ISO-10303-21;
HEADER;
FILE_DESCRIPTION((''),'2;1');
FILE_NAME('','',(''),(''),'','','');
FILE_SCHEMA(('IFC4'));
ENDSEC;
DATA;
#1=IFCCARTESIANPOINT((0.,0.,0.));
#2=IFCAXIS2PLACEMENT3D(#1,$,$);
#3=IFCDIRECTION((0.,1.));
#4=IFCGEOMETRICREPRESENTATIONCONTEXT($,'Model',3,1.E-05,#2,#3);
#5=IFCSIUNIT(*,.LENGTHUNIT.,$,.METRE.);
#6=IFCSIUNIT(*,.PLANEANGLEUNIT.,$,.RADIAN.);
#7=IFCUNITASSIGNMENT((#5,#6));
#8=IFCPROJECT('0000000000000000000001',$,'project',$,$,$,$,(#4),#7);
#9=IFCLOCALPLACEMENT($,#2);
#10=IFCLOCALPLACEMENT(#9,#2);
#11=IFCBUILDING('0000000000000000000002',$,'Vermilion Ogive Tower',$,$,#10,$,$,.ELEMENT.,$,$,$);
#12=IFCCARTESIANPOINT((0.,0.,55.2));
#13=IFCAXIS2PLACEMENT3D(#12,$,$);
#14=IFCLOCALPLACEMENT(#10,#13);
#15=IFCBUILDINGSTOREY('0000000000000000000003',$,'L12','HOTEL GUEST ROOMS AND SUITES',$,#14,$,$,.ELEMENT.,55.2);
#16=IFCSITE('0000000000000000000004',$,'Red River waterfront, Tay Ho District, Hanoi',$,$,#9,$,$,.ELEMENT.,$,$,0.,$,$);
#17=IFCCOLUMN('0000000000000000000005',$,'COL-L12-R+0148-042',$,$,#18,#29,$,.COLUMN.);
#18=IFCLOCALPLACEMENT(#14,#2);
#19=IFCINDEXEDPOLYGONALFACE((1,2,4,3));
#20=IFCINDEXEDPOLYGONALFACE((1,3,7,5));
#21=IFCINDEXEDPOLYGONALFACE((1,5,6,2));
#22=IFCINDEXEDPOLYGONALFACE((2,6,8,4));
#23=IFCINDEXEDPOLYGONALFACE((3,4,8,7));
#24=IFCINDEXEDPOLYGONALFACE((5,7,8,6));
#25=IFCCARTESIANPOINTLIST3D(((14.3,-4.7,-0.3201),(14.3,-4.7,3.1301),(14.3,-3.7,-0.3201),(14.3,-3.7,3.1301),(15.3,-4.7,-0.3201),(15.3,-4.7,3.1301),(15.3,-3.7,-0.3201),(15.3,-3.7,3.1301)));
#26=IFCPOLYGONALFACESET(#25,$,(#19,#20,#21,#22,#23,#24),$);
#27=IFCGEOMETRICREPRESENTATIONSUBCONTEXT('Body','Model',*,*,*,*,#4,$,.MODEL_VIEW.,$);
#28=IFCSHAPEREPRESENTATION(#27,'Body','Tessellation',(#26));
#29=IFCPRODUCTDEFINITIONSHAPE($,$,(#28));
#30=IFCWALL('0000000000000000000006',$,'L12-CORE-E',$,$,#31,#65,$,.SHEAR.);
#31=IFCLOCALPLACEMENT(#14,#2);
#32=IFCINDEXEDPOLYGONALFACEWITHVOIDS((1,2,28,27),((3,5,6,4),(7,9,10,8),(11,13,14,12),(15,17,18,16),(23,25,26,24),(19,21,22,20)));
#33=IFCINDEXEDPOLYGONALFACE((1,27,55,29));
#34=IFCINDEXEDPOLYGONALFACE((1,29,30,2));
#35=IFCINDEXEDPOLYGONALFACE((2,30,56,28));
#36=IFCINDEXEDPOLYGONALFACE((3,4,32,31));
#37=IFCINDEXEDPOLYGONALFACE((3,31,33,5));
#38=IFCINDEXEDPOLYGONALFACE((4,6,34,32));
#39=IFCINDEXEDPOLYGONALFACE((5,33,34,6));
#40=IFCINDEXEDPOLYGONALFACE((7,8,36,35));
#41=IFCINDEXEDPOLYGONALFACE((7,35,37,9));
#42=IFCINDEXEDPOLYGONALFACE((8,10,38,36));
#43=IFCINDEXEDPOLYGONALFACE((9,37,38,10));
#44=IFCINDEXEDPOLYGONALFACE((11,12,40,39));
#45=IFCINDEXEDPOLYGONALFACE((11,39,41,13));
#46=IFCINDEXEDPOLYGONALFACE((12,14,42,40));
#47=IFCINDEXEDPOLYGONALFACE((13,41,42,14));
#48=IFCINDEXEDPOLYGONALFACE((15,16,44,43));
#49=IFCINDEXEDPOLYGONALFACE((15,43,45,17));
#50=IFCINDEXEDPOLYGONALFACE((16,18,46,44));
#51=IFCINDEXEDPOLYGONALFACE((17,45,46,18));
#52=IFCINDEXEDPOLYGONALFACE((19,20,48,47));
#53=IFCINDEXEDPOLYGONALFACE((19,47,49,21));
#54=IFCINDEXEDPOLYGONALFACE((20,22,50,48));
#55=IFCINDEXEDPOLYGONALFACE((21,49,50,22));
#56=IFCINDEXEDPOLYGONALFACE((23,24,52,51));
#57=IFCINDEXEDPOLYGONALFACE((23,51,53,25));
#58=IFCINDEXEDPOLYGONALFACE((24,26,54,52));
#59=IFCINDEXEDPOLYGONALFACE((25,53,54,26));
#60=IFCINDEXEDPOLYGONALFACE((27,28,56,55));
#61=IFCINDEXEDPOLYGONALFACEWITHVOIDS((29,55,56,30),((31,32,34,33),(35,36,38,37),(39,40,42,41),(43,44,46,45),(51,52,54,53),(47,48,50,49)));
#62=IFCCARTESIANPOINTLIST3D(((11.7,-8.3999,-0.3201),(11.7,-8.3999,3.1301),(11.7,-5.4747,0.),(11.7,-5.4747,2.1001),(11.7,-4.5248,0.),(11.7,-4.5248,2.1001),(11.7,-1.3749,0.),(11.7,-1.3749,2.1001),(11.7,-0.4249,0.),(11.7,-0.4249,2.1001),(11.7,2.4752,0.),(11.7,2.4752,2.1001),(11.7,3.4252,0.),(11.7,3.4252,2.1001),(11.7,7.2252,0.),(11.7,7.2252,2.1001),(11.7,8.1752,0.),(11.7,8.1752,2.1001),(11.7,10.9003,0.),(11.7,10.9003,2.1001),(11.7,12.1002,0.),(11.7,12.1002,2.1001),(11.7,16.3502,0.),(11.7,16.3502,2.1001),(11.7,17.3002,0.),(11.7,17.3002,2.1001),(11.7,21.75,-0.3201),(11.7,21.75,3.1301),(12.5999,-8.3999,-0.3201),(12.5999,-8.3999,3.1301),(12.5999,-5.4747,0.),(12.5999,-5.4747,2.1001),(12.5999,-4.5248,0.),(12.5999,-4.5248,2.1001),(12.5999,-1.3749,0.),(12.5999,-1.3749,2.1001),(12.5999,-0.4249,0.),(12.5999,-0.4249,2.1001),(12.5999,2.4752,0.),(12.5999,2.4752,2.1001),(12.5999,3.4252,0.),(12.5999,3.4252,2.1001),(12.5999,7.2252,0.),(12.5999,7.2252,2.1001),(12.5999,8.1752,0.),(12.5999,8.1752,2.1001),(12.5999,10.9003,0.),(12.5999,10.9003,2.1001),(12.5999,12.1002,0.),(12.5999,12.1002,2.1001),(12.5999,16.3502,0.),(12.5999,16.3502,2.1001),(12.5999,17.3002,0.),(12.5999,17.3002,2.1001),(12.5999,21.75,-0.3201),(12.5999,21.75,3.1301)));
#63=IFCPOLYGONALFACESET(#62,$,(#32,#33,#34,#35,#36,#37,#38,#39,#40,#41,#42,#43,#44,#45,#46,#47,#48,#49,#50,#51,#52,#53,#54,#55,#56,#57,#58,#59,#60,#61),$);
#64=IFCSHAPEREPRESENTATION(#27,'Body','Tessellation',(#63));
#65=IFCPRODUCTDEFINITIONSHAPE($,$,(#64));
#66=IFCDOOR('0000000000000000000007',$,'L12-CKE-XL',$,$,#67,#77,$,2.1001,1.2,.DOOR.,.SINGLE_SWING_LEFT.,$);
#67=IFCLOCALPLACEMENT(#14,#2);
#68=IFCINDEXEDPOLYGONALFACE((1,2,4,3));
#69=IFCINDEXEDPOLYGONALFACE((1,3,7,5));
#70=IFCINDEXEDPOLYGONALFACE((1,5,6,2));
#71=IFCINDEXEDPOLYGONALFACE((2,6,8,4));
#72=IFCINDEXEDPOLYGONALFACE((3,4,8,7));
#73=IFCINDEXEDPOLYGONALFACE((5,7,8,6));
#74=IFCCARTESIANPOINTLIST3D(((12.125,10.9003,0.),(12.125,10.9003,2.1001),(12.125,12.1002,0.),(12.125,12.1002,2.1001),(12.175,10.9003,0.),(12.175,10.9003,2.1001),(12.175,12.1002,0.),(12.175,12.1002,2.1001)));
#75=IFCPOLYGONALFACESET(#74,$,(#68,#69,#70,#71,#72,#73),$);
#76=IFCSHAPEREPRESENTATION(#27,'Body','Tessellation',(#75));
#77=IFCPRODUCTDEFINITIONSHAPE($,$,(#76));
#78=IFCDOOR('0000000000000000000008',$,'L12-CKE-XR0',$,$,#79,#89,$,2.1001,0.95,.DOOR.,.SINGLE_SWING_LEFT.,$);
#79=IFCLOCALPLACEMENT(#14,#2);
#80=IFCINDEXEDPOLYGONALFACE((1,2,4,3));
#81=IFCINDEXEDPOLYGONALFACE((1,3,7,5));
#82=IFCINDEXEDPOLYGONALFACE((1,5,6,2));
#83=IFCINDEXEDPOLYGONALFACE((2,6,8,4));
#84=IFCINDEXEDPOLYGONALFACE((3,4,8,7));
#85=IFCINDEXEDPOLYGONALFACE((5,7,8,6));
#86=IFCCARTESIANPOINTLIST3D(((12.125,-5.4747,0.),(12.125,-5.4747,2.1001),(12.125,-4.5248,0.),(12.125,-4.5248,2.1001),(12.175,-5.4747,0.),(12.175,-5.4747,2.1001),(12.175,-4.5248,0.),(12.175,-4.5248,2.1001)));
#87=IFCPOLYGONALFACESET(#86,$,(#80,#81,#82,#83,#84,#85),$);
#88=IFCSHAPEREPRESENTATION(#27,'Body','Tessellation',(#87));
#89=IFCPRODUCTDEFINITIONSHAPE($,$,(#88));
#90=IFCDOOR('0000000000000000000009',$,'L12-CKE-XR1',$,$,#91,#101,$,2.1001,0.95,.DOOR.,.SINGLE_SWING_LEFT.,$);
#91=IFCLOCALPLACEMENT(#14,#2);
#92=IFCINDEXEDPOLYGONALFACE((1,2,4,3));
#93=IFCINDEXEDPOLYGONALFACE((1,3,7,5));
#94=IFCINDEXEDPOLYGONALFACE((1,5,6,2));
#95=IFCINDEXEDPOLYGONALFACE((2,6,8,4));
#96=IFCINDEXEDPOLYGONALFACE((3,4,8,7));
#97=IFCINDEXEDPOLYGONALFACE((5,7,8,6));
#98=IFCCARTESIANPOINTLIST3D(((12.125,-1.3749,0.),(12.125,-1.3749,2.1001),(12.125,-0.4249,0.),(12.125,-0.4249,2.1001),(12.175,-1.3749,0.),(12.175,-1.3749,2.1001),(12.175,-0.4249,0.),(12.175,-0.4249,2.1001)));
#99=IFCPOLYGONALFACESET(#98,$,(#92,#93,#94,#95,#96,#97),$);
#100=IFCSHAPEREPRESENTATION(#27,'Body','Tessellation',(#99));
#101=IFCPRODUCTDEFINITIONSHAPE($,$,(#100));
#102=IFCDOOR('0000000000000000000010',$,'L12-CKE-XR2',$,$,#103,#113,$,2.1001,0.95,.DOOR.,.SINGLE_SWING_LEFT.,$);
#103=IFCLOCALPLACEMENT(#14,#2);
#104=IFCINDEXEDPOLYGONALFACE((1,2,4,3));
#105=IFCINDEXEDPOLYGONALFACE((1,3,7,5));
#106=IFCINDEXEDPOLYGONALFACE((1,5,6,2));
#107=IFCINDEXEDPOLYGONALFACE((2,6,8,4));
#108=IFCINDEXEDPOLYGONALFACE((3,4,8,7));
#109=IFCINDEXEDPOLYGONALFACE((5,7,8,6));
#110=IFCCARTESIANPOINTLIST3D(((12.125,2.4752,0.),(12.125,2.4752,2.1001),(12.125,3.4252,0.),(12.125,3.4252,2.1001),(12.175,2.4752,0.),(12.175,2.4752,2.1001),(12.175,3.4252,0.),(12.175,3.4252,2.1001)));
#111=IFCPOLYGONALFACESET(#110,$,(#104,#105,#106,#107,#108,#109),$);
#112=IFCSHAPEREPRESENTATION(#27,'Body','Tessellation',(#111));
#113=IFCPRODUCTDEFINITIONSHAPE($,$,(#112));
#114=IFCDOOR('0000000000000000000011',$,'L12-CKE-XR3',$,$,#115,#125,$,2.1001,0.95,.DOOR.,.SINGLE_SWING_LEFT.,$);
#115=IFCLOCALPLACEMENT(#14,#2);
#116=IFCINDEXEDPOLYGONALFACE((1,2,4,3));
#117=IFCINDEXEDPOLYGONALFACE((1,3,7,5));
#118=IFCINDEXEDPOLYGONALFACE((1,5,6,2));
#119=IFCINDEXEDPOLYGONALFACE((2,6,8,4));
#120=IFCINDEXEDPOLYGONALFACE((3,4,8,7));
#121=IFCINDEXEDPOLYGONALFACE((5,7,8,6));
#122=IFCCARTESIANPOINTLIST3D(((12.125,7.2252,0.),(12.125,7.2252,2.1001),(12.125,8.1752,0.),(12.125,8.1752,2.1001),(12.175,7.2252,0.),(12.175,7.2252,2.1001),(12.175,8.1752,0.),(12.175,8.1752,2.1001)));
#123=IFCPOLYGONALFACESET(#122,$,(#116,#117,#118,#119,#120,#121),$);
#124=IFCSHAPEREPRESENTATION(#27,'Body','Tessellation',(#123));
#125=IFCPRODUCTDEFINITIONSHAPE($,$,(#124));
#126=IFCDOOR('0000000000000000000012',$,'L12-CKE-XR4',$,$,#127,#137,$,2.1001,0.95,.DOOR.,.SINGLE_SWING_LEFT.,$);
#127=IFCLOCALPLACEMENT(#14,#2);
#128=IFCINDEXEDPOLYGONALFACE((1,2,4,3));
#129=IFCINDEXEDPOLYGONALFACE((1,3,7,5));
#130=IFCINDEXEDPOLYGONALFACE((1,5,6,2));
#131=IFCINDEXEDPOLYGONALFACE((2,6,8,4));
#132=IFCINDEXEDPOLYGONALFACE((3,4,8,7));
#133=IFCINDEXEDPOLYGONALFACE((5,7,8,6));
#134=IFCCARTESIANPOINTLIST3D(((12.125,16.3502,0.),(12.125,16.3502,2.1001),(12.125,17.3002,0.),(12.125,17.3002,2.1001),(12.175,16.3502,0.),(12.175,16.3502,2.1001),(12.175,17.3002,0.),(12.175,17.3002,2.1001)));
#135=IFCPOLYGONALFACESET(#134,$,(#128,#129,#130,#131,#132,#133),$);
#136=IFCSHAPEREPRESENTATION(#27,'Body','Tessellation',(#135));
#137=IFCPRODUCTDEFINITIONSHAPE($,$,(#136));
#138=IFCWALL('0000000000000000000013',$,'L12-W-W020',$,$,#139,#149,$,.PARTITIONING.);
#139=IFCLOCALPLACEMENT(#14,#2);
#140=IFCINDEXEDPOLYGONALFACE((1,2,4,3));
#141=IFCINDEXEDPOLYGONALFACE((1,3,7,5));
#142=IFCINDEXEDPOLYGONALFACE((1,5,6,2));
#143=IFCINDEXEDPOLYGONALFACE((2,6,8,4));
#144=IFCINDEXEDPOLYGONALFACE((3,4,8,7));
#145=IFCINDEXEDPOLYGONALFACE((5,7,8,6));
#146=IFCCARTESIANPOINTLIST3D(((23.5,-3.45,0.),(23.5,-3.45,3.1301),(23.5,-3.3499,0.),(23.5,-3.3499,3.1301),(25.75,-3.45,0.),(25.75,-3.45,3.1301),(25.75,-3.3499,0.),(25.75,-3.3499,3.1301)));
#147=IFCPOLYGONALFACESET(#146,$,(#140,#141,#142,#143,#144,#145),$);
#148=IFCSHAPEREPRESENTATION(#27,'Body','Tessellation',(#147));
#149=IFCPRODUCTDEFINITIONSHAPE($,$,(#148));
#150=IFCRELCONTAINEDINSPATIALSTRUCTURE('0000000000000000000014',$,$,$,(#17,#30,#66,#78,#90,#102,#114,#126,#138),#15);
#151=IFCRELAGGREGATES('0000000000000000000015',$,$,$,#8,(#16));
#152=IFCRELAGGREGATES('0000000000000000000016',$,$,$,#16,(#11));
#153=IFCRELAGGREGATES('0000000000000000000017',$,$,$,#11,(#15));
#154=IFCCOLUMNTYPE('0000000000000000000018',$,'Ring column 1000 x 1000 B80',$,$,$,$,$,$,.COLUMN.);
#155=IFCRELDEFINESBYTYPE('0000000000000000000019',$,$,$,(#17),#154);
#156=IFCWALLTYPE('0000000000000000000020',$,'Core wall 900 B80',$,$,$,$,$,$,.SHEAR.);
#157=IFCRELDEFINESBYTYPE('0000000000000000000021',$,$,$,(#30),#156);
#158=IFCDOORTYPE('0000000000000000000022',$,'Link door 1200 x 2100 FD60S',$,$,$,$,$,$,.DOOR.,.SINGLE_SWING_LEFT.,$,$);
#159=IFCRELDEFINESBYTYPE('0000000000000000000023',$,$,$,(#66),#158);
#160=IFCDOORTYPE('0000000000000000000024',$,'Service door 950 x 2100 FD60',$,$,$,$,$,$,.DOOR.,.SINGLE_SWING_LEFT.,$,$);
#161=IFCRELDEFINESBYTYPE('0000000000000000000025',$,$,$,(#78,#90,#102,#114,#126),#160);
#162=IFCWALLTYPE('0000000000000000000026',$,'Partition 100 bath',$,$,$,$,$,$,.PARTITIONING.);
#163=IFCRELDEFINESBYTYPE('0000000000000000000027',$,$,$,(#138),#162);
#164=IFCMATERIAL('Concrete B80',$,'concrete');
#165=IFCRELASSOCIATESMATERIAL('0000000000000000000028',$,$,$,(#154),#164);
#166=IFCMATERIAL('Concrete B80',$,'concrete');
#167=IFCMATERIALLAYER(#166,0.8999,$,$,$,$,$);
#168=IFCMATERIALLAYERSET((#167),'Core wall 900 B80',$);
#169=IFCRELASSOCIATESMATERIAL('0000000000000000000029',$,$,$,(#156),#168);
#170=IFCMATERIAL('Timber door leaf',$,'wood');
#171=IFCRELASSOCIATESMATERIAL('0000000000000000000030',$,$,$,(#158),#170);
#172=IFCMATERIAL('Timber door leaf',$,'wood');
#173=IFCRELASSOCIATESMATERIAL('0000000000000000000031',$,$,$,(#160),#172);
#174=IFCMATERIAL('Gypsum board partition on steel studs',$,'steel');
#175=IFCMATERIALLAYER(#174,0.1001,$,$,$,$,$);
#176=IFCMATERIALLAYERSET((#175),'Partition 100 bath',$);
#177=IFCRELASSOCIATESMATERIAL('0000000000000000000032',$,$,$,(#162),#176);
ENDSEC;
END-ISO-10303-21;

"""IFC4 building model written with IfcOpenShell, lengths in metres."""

from ifc_helpers import new_model, si_unit, direction, frame, frame_2d, origin, origin_2d, place, context, subcontext, project, spatial, rectangle, extrude, material, layer, layer_set, material_profile, profile_set, type_object, element, fill, save


model = new_model("IFC4")

# Units and contexts
model_context = context("Model", 3, precision=1e-05, world=origin(), true_north=direction((0.0, 1.0)))
body_context = subcontext(model_context, "Body", "Model", "MODEL_VIEW")
ifc_project = project(units=[si_unit("LENGTHUNIT", "METRE"), si_unit("PLANEANGLEUNIT", "RADIAN")], contexts=[model_context])

# Site, building, storey
site_placement = place(None, origin())
site = spatial("IfcSite", under=ifc_project, at=site_placement, Name="Red River waterfront, Tay Ho District, Hanoi", CompositionType="ELEMENT", RefElevation=0.0)
building_placement = place(site_placement, origin())
building = spatial("IfcBuilding", under=site, at=building_placement, Name="Vermilion Ogive Tower", CompositionType="ELEMENT")
storey_placement = place(building_placement, frame((0.0, 0.0, 55.2)))
storey = spatial("IfcBuildingStorey", under=building, at=storey_placement, Name="L12", Description="HOTEL GUEST ROOMS AND SUITES", CompositionType="ELEMENT", Elevation=55.2)

# Column
ifc_material_1 = material(Name="Concrete B80", Category="concrete")
ifc_material_profile = material_profile(ifc_material_1, rectangle(XDim=1.0, YDim=1.0, at=origin_2d()), Name="1000 x 1000")
ifc_profile_set = profile_set([ifc_material_profile], Name="Concrete B80")
column_type = type_object("IfcColumnType", Name="Ring column 1000 x 1000 B80", PredefinedType="COLUMN", material=ifc_profile_set)
column_placement = place(storey_placement, frame((14.8, -4.2, -0.3201), z_axis=(0.0, 0.0, 1.0), x_axis=(1.0, 0.0, 0.0)))
element("IfcColumn", 1, at=column_placement, inside=storey, type_object=column_type, Name="COL-L12-R+0148-042", PredefinedType="COLUMN", context=body_context, shape_type="SweptSolid", body=[
    extrude(rectangle(XDim=1.0, YDim=1.0, at=origin_2d()), origin(), (0.0, 0.0, 1.0), 3.4502),
])

# Wall, openings, doors
ifc_material_2 = material(Name="Concrete B80", Category="concrete")
ifc_layer_1 = layer(ifc_material_2, 0.8999)
ifc_layer_set_1 = layer_set([ifc_layer_1], Name="Core wall 900 B80")
wall_type_1 = type_object("IfcWallType", Name="Core wall 900 B80", PredefinedType="SHEAR", material=ifc_layer_set_1)
wall_1_placement = place(storey_placement, frame((12.1499, -8.3999, -0.3201), z_axis=(0.0, 0.0, 1.0), x_axis=(0.0, 1.0, 0.0)))
wall_1 = element("IfcWall", 2, at=wall_1_placement, inside=storey, type_object=wall_type_1, Name="L12-CORE-E", PredefinedType="SHEAR", context=body_context, shape_type="SweptSolid", body=[
    extrude(rectangle(XDim=30.1499, YDim=0.8999, at=frame_2d((15.075, 0.0))), origin(), (0.0, 0.0, 1.0), 3.4502),
])
opening_1_placement = place(wall_1_placement, frame((2.925, 0.0, 0.3201)))
opening_1 = element("IfcOpeningElement", 3, at=opening_1_placement, cuts=wall_1, PredefinedType="OPENING", context=body_context, shape_type="SweptSolid", body=[
    extrude(rectangle(XDim=0.95, YDim=2.1001, at=frame_2d((0.4751, 1.05))), frame((0.0, 0.46, 0.0), z_axis=(0.0, -1.0, 0.0), x_axis=(1.0, 0.0, 0.0)), (0.0, 0.0, 1.0), 0.9199),
])
opening_2_placement = place(wall_1_placement, frame((7.0249, 0.0, 0.3201)))
opening_2 = element("IfcOpeningElement", 4, at=opening_2_placement, cuts=wall_1, PredefinedType="OPENING", context=body_context, shape_type="SweptSolid", body=[
    extrude(rectangle(XDim=0.95, YDim=2.1001, at=frame_2d((0.4751, 1.05))), frame((0.0, 0.46, 0.0), z_axis=(0.0, -1.0, 0.0), x_axis=(1.0, 0.0, 0.0)), (0.0, 0.0, 1.0), 0.9199),
])
opening_3_placement = place(wall_1_placement, frame((10.875, 0.0, 0.3201)))
opening_3 = element("IfcOpeningElement", 5, at=opening_3_placement, cuts=wall_1, PredefinedType="OPENING", context=body_context, shape_type="SweptSolid", body=[
    extrude(rectangle(XDim=0.95, YDim=2.1001, at=frame_2d((0.4751, 1.05))), frame((0.0, 0.46, 0.0), z_axis=(0.0, -1.0, 0.0), x_axis=(1.0, 0.0, 0.0)), (0.0, 0.0, 1.0), 0.9199),
])
opening_4_placement = place(wall_1_placement, frame((15.625, 0.0, 0.3201)))
opening_4 = element("IfcOpeningElement", 6, at=opening_4_placement, cuts=wall_1, PredefinedType="OPENING", context=body_context, shape_type="SweptSolid", body=[
    extrude(rectangle(XDim=0.95, YDim=2.1001, at=frame_2d((0.4751, 1.05))), frame((0.0, 0.46, 0.0), z_axis=(0.0, -1.0, 0.0), x_axis=(1.0, 0.0, 0.0)), (0.0, 0.0, 1.0), 0.9199),
])
opening_5_placement = place(wall_1_placement, frame((24.75, 0.0, 0.3201)))
opening_5 = element("IfcOpeningElement", 7, at=opening_5_placement, cuts=wall_1, PredefinedType="OPENING", context=body_context, shape_type="SweptSolid", body=[
    extrude(rectangle(XDim=0.95, YDim=2.1001, at=frame_2d((0.4751, 1.05))), frame((0.0, 0.46, 0.0), z_axis=(0.0, -1.0, 0.0), x_axis=(1.0, 0.0, 0.0)), (0.0, 0.0, 1.0), 0.9199),
])
opening_6_placement = place(wall_1_placement, frame((19.3, 0.0, 0.3201)))
opening_6 = element("IfcOpeningElement", 8, at=opening_6_placement, cuts=wall_1, PredefinedType="OPENING", context=body_context, shape_type="SweptSolid", body=[
    extrude(rectangle(XDim=1.2, YDim=2.1001, at=frame_2d((0.6001, 1.05))), frame((0.0, 0.46, 0.0), z_axis=(0.0, -1.0, 0.0), x_axis=(1.0, 0.0, 0.0)), (0.0, 0.0, 1.0), 0.9199),
])
ifc_material_3 = material(Name="Timber door leaf", Category="wood")
door_type_1 = type_object("IfcDoorType", Name="Link door 1200 x 2100 FD60S", OperationType="SINGLE_SWING_LEFT", PredefinedType="DOOR", material=ifc_material_3)
door_1_placement = place(opening_6_placement, origin())
door_1 = element("IfcDoor", 9, at=door_1_placement, inside=storey, type_object=door_type_1, Name="L12-CKE-XL", OperationType="SINGLE_SWING_LEFT", OverallHeight=2.1001, OverallWidth=1.2, PredefinedType="DOOR", context=body_context, shape_type="SweptSolid", body=[
    extrude(rectangle(XDim=1.2, YDim=2.1001, at=frame_2d((0.6001, 1.05))), frame((0.0, 0.0249, 0.0), z_axis=(0.0, -1.0, 0.0), x_axis=(1.0, 0.0, 0.0)), (0.0, 0.0, 1.0), 0.05),
])
fill(opening_6, door_1)
ifc_material_4 = material(Name="Timber door leaf", Category="wood")
door_type_2 = type_object("IfcDoorType", Name="Service door 950 x 2100 FD60", OperationType="SINGLE_SWING_LEFT", PredefinedType="DOOR", material=ifc_material_4)
door_2_placement = place(opening_1_placement, origin())
door_2 = element("IfcDoor", 10, at=door_2_placement, inside=storey, type_object=door_type_2, Name="L12-CKE-XR0", OperationType="SINGLE_SWING_LEFT", OverallHeight=2.1001, OverallWidth=0.95, PredefinedType="DOOR", context=body_context, shape_type="SweptSolid", body=[
    extrude(rectangle(XDim=0.95, YDim=2.1001, at=frame_2d((0.4751, 1.05))), frame((0.0, 0.0249, 0.0), z_axis=(0.0, -1.0, 0.0), x_axis=(1.0, 0.0, 0.0)), (0.0, 0.0, 1.0), 0.05),
])
fill(opening_1, door_2)
door_3_placement = place(opening_2_placement, origin())
door_3 = element("IfcDoor", 11, at=door_3_placement, inside=storey, type_object=door_type_2, Name="L12-CKE-XR1", OperationType="SINGLE_SWING_LEFT", OverallHeight=2.1001, OverallWidth=0.95, PredefinedType="DOOR", context=body_context, shape_type="SweptSolid", body=[
    extrude(rectangle(XDim=0.95, YDim=2.1001, at=frame_2d((0.4751, 1.05))), frame((0.0, 0.0249, 0.0), z_axis=(0.0, -1.0, 0.0), x_axis=(1.0, 0.0, 0.0)), (0.0, 0.0, 1.0), 0.05),
])
fill(opening_2, door_3)
door_4_placement = place(opening_3_placement, origin())
door_4 = element("IfcDoor", 12, at=door_4_placement, inside=storey, type_object=door_type_2, Name="L12-CKE-XR2", OperationType="SINGLE_SWING_LEFT", OverallHeight=2.1001, OverallWidth=0.95, PredefinedType="DOOR", context=body_context, shape_type="SweptSolid", body=[
    extrude(rectangle(XDim=0.95, YDim=2.1001, at=frame_2d((0.4751, 1.05))), frame((0.0, 0.0249, 0.0), z_axis=(0.0, -1.0, 0.0), x_axis=(1.0, 0.0, 0.0)), (0.0, 0.0, 1.0), 0.05),
])
fill(opening_3, door_4)
door_5_placement = place(opening_4_placement, origin())
door_5 = element("IfcDoor", 13, at=door_5_placement, inside=storey, type_object=door_type_2, Name="L12-CKE-XR3", OperationType="SINGLE_SWING_LEFT", OverallHeight=2.1001, OverallWidth=0.95, PredefinedType="DOOR", context=body_context, shape_type="SweptSolid", body=[
    extrude(rectangle(XDim=0.95, YDim=2.1001, at=frame_2d((0.4751, 1.05))), frame((0.0, 0.0249, 0.0), z_axis=(0.0, -1.0, 0.0), x_axis=(1.0, 0.0, 0.0)), (0.0, 0.0, 1.0), 0.05),
])
fill(opening_4, door_5)
door_6_placement = place(opening_5_placement, origin())
door_6 = element("IfcDoor", 14, at=door_6_placement, inside=storey, type_object=door_type_2, Name="L12-CKE-XR4", OperationType="SINGLE_SWING_LEFT", OverallHeight=2.1001, OverallWidth=0.95, PredefinedType="DOOR", context=body_context, shape_type="SweptSolid", body=[
    extrude(rectangle(XDim=0.95, YDim=2.1001, at=frame_2d((0.4751, 1.05))), frame((0.0, 0.0249, 0.0), z_axis=(0.0, -1.0, 0.0), x_axis=(1.0, 0.0, 0.0)), (0.0, 0.0, 1.0), 0.05),
])
fill(opening_5, door_6)

# Wall
ifc_material_5 = material(Name="Gypsum board partition on steel studs", Category="steel")
ifc_layer_2 = layer(ifc_material_5, 0.1001)
ifc_layer_set_2 = layer_set([ifc_layer_2], Name="Partition 100 bath")
wall_type_2 = type_object("IfcWallType", Name="Partition 100 bath", PredefinedType="PARTITIONING", material=ifc_layer_set_2)
wall_2_placement = place(storey_placement, frame((23.5, -3.3999, 0.0), z_axis=(0.0, 0.0, 1.0), x_axis=(1.0, 0.0, 0.0)))
element("IfcWall", 15, at=wall_2_placement, inside=storey, type_object=wall_type_2, Name="L12-W-W020", PredefinedType="PARTITIONING", context=body_context, shape_type="SweptSolid", body=[
    extrude(rectangle(XDim=2.25, YDim=0.1001, at=frame_2d((1.125, 0.0))), origin(), (0.0, 0.0, 1.0), 3.1301),
])

save(model, "model.ifc")
